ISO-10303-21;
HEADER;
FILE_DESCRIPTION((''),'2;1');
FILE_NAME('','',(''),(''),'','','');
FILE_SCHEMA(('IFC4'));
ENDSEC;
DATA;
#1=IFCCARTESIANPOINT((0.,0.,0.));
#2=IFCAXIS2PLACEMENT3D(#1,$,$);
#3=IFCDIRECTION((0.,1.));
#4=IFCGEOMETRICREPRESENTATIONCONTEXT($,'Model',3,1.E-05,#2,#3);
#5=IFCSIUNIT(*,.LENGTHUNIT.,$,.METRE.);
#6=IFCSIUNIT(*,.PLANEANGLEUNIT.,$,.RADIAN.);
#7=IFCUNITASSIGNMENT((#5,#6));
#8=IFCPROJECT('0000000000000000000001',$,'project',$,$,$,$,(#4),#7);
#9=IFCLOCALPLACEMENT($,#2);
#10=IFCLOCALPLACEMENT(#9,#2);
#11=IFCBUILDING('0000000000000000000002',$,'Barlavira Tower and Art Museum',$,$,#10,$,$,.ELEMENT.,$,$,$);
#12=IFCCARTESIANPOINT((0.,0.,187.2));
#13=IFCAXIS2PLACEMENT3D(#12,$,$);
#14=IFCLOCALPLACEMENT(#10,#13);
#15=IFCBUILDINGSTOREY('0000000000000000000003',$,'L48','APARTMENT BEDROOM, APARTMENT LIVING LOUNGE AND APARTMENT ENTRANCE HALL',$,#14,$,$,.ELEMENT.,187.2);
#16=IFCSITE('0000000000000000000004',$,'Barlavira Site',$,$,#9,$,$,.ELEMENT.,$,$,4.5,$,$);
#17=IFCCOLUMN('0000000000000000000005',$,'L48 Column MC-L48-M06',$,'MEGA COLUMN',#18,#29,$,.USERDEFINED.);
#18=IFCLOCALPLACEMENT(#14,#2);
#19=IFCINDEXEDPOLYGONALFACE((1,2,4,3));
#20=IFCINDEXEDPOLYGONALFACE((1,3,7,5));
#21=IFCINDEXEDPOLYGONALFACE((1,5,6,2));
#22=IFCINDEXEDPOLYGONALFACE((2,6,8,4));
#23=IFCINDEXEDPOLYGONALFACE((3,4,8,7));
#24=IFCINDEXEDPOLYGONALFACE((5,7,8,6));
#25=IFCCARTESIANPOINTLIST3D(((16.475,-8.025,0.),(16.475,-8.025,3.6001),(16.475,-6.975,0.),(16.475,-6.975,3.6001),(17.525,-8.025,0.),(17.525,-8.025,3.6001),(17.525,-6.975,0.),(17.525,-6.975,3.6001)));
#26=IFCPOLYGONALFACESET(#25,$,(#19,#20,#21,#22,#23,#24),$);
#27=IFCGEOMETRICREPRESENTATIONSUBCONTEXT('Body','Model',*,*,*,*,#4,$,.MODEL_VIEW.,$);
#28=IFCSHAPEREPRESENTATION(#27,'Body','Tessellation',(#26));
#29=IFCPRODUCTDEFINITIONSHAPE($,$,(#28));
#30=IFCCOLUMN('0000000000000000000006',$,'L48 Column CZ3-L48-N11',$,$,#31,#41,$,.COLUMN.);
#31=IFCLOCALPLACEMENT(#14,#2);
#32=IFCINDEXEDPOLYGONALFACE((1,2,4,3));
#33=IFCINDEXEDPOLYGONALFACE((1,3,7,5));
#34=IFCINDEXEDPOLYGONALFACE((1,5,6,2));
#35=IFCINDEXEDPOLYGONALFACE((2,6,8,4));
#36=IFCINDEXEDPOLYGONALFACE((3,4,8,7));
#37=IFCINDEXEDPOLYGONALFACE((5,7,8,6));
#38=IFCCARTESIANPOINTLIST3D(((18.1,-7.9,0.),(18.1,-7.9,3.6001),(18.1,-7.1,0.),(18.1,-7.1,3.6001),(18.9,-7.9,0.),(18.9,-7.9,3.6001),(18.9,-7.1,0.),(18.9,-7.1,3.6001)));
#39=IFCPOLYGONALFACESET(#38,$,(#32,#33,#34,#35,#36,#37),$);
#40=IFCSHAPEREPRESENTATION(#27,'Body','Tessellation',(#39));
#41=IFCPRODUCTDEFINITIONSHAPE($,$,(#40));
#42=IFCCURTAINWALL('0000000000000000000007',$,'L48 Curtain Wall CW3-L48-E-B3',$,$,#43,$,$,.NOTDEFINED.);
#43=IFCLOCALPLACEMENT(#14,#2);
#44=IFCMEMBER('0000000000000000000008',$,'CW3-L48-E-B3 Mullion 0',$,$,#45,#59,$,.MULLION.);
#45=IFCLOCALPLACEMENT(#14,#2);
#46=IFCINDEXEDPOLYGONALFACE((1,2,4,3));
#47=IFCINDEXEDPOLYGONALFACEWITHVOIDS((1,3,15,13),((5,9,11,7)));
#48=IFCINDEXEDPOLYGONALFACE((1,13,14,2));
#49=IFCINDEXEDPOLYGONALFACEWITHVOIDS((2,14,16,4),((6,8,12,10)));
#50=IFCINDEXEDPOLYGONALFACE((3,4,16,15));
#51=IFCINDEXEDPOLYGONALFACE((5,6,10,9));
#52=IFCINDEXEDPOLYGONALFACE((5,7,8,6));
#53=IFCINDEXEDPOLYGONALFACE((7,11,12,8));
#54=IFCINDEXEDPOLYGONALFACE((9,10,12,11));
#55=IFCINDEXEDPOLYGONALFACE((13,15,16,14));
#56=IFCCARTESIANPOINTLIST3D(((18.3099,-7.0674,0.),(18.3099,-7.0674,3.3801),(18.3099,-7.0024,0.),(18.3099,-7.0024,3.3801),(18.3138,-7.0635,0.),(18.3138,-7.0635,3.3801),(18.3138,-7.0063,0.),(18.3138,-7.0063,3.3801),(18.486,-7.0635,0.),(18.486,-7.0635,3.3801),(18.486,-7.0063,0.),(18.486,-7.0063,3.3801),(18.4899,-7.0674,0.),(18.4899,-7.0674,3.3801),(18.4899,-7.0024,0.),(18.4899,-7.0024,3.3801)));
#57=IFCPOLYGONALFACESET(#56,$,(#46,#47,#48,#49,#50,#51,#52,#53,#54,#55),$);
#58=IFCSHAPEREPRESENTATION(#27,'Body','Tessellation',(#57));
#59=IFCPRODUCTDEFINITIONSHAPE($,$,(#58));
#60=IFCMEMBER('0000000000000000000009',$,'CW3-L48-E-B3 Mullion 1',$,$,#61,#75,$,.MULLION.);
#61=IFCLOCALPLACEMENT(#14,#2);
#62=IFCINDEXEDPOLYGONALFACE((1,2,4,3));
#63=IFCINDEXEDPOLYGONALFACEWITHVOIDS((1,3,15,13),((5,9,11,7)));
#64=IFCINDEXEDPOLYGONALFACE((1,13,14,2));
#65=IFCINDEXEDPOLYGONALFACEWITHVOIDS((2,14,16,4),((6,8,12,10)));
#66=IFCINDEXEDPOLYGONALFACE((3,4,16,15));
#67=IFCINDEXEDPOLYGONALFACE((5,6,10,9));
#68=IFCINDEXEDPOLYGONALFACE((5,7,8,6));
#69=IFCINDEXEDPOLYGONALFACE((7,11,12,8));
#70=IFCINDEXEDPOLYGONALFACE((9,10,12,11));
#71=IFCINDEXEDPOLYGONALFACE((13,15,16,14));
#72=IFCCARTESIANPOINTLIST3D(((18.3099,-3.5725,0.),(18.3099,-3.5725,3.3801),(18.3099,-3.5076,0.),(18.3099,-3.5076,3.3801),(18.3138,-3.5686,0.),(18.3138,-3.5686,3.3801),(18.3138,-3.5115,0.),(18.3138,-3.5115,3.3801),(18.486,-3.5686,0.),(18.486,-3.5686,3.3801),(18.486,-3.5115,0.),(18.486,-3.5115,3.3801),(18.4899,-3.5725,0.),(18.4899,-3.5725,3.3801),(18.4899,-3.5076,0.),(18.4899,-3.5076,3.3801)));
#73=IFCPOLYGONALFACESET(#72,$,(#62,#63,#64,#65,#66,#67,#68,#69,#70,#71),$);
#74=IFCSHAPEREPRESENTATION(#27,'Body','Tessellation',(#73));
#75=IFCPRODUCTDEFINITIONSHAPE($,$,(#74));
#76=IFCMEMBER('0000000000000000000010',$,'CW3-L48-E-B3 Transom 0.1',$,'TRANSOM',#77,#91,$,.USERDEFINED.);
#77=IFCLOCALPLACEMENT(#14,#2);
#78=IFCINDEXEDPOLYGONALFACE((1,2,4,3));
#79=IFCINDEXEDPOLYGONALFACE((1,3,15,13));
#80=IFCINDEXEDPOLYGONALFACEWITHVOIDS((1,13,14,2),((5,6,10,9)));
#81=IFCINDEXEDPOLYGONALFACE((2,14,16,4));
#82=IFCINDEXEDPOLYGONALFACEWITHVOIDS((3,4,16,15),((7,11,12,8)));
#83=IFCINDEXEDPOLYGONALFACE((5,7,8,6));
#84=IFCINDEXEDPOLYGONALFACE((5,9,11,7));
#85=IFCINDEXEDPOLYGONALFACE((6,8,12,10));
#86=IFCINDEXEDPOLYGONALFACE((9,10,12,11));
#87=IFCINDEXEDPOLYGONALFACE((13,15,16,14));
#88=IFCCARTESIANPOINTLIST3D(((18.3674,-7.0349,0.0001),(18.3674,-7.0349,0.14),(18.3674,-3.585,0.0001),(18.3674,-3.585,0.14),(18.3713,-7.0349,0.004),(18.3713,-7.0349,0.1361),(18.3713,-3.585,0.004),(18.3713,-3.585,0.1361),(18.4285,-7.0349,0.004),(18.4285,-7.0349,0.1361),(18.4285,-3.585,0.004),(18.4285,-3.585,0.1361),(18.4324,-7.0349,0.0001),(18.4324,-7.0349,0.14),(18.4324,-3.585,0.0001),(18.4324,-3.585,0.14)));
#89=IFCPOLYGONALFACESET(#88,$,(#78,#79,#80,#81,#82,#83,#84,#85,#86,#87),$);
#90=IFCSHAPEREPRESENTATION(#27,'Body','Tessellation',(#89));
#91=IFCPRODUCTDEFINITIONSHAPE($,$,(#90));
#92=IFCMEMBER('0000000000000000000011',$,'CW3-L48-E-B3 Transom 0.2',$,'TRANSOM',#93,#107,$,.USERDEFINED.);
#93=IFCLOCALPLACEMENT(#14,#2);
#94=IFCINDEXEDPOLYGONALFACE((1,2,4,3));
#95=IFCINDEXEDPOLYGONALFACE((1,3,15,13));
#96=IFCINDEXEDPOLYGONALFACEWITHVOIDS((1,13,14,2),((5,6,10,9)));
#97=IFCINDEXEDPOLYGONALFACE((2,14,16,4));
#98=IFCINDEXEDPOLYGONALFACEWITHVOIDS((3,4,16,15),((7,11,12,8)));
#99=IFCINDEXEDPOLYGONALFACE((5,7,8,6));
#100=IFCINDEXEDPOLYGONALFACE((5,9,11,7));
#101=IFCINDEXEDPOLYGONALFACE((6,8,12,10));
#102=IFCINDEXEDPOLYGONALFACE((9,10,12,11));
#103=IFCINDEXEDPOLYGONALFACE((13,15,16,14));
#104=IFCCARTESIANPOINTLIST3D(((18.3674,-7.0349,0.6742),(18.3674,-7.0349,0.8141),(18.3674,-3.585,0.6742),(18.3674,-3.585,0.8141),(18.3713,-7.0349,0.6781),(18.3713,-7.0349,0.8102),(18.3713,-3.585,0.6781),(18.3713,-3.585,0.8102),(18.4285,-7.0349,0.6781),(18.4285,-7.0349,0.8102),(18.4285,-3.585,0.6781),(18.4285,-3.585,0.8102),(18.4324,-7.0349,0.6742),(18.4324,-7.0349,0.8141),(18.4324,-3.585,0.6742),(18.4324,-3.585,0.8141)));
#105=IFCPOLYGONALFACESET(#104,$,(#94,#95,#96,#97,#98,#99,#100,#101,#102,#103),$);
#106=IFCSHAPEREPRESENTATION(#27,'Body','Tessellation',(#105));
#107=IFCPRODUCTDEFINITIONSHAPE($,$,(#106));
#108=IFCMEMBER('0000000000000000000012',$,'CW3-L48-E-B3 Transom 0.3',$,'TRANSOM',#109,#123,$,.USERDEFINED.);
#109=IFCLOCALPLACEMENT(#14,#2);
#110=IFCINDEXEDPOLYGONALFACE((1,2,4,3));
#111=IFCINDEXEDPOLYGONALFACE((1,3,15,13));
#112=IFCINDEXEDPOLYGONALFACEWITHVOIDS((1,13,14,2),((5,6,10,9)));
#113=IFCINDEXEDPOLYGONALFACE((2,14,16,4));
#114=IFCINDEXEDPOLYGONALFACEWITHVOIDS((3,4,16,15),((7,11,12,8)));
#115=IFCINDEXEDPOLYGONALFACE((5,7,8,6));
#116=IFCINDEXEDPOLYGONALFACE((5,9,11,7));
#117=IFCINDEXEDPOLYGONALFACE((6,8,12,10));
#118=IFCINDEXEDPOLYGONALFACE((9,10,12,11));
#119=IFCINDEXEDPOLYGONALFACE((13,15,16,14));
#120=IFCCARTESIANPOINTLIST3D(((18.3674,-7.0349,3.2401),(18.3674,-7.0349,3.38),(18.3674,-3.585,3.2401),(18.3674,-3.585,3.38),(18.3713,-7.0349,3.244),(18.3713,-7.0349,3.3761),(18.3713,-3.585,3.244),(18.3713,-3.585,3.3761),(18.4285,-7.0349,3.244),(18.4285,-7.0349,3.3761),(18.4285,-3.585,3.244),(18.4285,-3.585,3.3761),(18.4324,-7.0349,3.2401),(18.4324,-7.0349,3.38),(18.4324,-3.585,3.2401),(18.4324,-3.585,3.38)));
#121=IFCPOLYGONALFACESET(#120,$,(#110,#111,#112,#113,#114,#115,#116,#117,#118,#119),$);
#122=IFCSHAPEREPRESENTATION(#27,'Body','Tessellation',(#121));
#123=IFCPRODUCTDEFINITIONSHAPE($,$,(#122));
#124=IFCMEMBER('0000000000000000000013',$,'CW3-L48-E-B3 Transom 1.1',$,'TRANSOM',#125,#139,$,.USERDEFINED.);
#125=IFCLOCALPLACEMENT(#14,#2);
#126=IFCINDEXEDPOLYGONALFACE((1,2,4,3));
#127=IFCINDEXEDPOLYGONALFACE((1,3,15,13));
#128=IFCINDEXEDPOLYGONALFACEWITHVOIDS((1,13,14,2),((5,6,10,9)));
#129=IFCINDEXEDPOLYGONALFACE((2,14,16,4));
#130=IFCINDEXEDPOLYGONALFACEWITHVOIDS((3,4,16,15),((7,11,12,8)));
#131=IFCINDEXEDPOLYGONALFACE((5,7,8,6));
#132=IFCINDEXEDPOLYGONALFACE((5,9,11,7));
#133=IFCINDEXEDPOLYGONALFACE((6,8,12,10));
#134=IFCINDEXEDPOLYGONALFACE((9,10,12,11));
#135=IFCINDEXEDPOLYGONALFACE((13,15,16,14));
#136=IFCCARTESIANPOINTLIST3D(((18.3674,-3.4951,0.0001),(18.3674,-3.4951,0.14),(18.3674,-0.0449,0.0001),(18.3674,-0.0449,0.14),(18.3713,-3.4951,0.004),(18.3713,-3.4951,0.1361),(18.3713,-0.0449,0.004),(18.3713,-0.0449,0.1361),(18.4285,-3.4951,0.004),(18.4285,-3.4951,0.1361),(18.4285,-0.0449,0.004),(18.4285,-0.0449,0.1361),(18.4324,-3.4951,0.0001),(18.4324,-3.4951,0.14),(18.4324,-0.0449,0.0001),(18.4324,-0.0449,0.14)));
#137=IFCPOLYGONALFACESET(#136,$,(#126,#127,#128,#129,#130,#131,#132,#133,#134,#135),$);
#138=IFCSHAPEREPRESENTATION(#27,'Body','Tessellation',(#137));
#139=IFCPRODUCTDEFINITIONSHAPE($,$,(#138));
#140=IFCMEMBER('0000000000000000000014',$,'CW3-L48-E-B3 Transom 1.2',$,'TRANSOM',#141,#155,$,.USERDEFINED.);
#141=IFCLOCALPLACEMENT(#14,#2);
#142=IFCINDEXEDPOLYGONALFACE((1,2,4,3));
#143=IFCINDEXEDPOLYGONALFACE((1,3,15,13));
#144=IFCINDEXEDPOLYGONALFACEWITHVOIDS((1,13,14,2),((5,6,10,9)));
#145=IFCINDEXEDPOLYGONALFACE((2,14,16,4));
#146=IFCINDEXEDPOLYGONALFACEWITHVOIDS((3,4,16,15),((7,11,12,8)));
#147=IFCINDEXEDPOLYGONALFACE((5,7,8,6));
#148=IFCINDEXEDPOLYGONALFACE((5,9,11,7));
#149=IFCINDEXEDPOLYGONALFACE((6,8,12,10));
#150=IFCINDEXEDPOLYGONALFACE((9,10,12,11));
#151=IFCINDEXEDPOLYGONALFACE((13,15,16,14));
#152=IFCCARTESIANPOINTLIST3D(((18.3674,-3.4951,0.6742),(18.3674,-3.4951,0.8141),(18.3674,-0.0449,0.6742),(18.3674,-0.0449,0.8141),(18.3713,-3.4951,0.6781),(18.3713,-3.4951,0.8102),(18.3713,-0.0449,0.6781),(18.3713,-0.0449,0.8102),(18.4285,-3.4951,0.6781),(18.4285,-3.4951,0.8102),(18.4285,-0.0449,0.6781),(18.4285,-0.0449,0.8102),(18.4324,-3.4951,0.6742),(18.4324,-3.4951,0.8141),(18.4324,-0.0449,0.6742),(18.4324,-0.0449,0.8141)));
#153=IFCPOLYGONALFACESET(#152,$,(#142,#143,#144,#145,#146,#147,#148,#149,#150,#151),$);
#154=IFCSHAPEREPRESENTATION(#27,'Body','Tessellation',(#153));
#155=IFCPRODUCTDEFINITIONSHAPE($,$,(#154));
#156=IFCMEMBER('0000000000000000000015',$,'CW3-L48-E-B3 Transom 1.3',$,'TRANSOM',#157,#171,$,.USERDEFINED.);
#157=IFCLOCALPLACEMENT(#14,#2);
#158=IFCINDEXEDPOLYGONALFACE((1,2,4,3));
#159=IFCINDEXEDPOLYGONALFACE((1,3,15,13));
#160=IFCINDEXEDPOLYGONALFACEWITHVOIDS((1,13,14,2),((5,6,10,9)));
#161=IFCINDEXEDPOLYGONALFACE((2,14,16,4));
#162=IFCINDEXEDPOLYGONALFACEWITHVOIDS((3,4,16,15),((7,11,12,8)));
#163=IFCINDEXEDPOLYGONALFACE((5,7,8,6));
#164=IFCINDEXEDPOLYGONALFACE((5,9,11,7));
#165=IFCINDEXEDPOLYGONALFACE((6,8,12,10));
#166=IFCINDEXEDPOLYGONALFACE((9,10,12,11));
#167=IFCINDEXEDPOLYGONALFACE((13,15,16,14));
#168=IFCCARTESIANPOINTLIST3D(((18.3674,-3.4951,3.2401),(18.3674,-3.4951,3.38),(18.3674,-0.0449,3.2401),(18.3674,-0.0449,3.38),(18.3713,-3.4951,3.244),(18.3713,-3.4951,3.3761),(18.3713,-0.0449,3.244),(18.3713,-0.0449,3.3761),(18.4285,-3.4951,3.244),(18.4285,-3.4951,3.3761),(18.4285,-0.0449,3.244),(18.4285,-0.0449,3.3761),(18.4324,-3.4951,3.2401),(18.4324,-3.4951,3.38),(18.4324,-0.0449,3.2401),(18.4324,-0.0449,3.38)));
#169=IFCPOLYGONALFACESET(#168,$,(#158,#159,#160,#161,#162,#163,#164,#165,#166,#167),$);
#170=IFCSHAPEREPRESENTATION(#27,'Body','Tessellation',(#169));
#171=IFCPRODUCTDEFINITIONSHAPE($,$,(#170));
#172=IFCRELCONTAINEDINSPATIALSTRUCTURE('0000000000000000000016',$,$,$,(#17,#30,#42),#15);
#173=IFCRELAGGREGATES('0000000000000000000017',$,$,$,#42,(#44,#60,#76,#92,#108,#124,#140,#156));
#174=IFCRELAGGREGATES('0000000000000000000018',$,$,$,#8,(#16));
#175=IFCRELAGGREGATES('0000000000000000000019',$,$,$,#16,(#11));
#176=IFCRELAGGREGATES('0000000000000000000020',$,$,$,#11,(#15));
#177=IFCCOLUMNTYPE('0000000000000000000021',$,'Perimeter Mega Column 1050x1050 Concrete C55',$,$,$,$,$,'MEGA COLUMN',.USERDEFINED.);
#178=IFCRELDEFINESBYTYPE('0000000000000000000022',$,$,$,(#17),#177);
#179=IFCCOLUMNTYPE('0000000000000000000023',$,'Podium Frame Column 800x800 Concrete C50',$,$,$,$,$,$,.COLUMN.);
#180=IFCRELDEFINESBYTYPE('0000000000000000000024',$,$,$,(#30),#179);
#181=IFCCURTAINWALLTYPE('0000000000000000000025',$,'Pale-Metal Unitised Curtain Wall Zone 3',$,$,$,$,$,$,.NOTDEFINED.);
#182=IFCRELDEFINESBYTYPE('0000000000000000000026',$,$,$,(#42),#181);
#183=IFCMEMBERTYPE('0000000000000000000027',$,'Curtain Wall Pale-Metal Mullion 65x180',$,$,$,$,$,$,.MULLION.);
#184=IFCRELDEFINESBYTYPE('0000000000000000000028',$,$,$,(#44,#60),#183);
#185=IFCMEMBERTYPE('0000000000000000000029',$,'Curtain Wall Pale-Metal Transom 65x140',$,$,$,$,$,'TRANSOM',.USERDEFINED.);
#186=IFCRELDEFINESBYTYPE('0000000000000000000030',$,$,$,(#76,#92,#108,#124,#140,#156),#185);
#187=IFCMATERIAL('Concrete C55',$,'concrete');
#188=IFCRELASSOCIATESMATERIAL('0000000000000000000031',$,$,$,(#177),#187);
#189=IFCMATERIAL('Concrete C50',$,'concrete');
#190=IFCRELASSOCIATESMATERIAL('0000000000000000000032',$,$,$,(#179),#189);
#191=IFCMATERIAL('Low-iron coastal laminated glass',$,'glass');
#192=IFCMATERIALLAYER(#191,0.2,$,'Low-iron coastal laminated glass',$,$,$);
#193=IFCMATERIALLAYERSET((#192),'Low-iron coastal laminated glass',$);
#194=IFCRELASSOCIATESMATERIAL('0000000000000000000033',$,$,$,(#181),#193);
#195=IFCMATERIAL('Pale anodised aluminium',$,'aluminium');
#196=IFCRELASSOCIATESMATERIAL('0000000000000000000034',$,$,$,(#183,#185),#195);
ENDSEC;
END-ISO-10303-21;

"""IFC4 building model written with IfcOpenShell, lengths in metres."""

from ifc_helpers import new_model, si_unit, direction, frame, origin, origin_2d, place, context, subcontext, project, spatial, rectangle, hollow_rectangle, extrude, material, layer, layer_set, material_profile, profile_set, type_object, element, aggregate, save


model = new_model("IFC4")

# Units and contexts
model_context = context("Model", 3, precision=1e-05, world=origin(), true_north=direction((0.0, 1.0)))
body_context = subcontext(model_context, "Body", "Model", "MODEL_VIEW")
ifc_project = project(units=[si_unit("LENGTHUNIT", "METRE"), si_unit("PLANEANGLEUNIT", "RADIAN")], contexts=[model_context])

# Site, building, storey
site_placement = place(None, origin())
site = spatial("IfcSite", under=ifc_project, at=site_placement, Name="Barlavira Site", CompositionType="ELEMENT", RefElevation=4.5)
building_placement = place(site_placement, origin())
building = spatial("IfcBuilding", under=site, at=building_placement, Name="Barlavira Tower and Art Museum", CompositionType="ELEMENT")
storey_placement = place(building_placement, frame((0.0, 0.0, 187.2)))
storey = spatial("IfcBuildingStorey", under=building, at=storey_placement, Name="L48", Description="APARTMENT BEDROOM, APARTMENT LIVING LOUNGE AND APARTMENT ENTRANCE HALL", CompositionType="ELEMENT", Elevation=187.2)

# Columns
ifc_material_1 = material(Name="Concrete C55", Category="concrete")
ifc_material_profile_1 = material_profile(ifc_material_1, rectangle(XDim=1.05, YDim=1.05, at=origin_2d()), Name="RC-COL 1050x1050")
ifc_profile_set_1 = profile_set([ifc_material_profile_1], Name="Concrete C55")
column_type_1 = type_object("IfcColumnType", Name="Perimeter Mega Column 1050x1050 Concrete C55", ElementType="MEGA COLUMN", PredefinedType="USERDEFINED", material=ifc_profile_set_1)
column_1_placement = place(storey_placement, frame((17.0, -7.5, 0.0), z_axis=(0.0, 0.0, 1.0), x_axis=(1.0, 0.0, 0.0)))
element("IfcColumn", 1, at=column_1_placement, inside=storey, type_object=column_type_1, Name="L48 Column MC-L48-M06", ObjectType="MEGA COLUMN", PredefinedType="USERDEFINED", context=body_context, shape_type="SweptSolid", body=[
    extrude(rectangle(XDim=1.05, YDim=1.05, at=origin_2d()), origin(), (0.0, 0.0, 1.0), 3.6001),
])
ifc_material_2 = material(Name="Concrete C50", Category="concrete")
ifc_material_profile_2 = material_profile(ifc_material_2, rectangle(XDim=0.8, YDim=0.8, at=origin_2d()), Name="RC-COL 800x800")
ifc_profile_set_2 = profile_set([ifc_material_profile_2], Name="Concrete C50")
column_type_2 = type_object("IfcColumnType", Name="Podium Frame Column 800x800 Concrete C50", PredefinedType="COLUMN", material=ifc_profile_set_2)
column_2_placement = place(storey_placement, frame((18.5, -7.5, 0.0), z_axis=(0.0, 0.0, 1.0), x_axis=(1.0, 0.0, 0.0)))
element("IfcColumn", 2, at=column_2_placement, inside=storey, type_object=column_type_2, Name="L48 Column CZ3-L48-N11", PredefinedType="COLUMN", context=body_context, shape_type="SweptSolid", body=[
    extrude(rectangle(XDim=0.8, YDim=0.8, at=origin_2d()), origin(), (0.0, 0.0, 1.0), 3.6001),
])

# Curtain wall, members
ifc_material_3 = material(Name="Low-iron coastal laminated glass", Category="glass")
ifc_layer_1 = layer(ifc_material_3, 0.2, Name="Low-iron coastal laminated glass")
ifc_layer_set_1 = layer_set([ifc_layer_1], Name="Low-iron coastal laminated glass")
curtain_wall_type = type_object("IfcCurtainWallType", Name="Pale-Metal Unitised Curtain Wall Zone 3", PredefinedType="NOTDEFINED", material=ifc_layer_set_1)
curtain_wall_placement = place(storey_placement, origin())
curtain_wall = element("IfcCurtainWall", 3, at=curtain_wall_placement, inside=storey, type_object=curtain_wall_type, Name="L48 Curtain Wall CW3-L48-E-B3", PredefinedType="NOTDEFINED")
ifc_material_4 = material(Name="Pale anodised aluminium", Category="aluminium")
ifc_material_profile_3 = material_profile(ifc_material_4, hollow_rectangle(XDim=0.0649, YDim=0.1799, WallThickness=0.0039, at=origin_2d()), Name="ALU-MULL 65x180x4")
ifc_profile_set_3 = profile_set([ifc_material_profile_3], Name="Pale anodised aluminium")
member_type_1 = type_object("IfcMemberType", Name="Curtain Wall Pale-Metal Mullion 65x180", PredefinedType="MULLION", material=ifc_profile_set_3)
member_1_placement = place(storey_placement, frame((18.3999, -7.0349, 0.0), z_axis=(0.0, 0.0, 1.0), x_axis=(0.0, 1.0, 0.0)))
member_1 = element("IfcMember", 4, at=member_1_placement, type_object=member_type_1, Name="CW3-L48-E-B3 Mullion 0", PredefinedType="MULLION", context=body_context, shape_type="SweptSolid", body=[
    extrude(hollow_rectangle(XDim=0.0649, YDim=0.1799, WallThickness=0.0039, at=origin_2d()), origin(), (0.0, 0.0, 1.0), 3.3801),
])
member_2_placement = place(storey_placement, frame((18.3999, -3.54, 0.0), z_axis=(0.0, 0.0, 1.0), x_axis=(0.0, 1.0, 0.0)))
member_2 = element("IfcMember", 5, at=member_2_placement, type_object=member_type_1, Name="CW3-L48-E-B3 Mullion 1", PredefinedType="MULLION", context=body_context, shape_type="SweptSolid", body=[
    extrude(hollow_rectangle(XDim=0.0649, YDim=0.1799, WallThickness=0.0039, at=origin_2d()), origin(), (0.0, 0.0, 1.0), 3.3801),
])
ifc_material_profile_4 = material_profile(ifc_material_4, hollow_rectangle(XDim=0.0649, YDim=0.1399, WallThickness=0.0039, at=origin_2d()), Name="ALU-TRAN 65x140x4")
ifc_profile_set_4 = profile_set([ifc_material_profile_4], Name="Pale anodised aluminium")
member_type_2 = type_object("IfcMemberType", Name="Curtain Wall Pale-Metal Transom 65x140", ElementType="TRANSOM", PredefinedType="USERDEFINED", material=ifc_profile_set_4)
member_3_placement = place(storey_placement, frame((18.3999, -7.0349, 0.0701), z_axis=(0.0, 1.0, 0.0), x_axis=(-1.0, 0.0, 0.0)))
member_3 = element("IfcMember", 6, at=member_3_placement, type_object=member_type_2, Name="CW3-L48-E-B3 Transom 0.1", ObjectType="TRANSOM", PredefinedType="USERDEFINED", context=body_context, shape_type="SweptSolid", body=[
    extrude(hollow_rectangle(XDim=0.0649, YDim=0.1399, WallThickness=0.0039, at=origin_2d()), origin(), (0.0, 0.0, 1.0), 3.45),
])
member_4_placement = place(storey_placement, frame((18.3999, -7.0349, 0.7441), z_axis=(0.0, 1.0, 0.0), x_axis=(-1.0, 0.0, 0.0)))
member_4 = element("IfcMember", 7, at=member_4_placement, type_object=member_type_2, Name="CW3-L48-E-B3 Transom 0.2", ObjectType="TRANSOM", PredefinedType="USERDEFINED", context=body_context, shape_type="SweptSolid", body=[
    extrude(hollow_rectangle(XDim=0.0649, YDim=0.1399, WallThickness=0.0039, at=origin_2d()), origin(), (0.0, 0.0, 1.0), 3.45),
])
member_5_placement = place(storey_placement, frame((18.3999, -7.0349, 3.3101), z_axis=(0.0, 1.0, 0.0), x_axis=(-1.0, 0.0, 0.0)))
member_5 = element("IfcMember", 8, at=member_5_placement, type_object=member_type_2, Name="CW3-L48-E-B3 Transom 0.3", ObjectType="TRANSOM", PredefinedType="USERDEFINED", context=body_context, shape_type="SweptSolid", body=[
    extrude(hollow_rectangle(XDim=0.0649, YDim=0.1399, WallThickness=0.0039, at=origin_2d()), origin(), (0.0, 0.0, 1.0), 3.45),
])
member_6_placement = place(storey_placement, frame((18.3999, -3.4951, 0.0701), z_axis=(0.0, 1.0, 0.0), x_axis=(-1.0, 0.0, 0.0)))
member_6 = element("IfcMember", 9, at=member_6_placement, type_object=member_type_2, Name="CW3-L48-E-B3 Transom 1.1", ObjectType="TRANSOM", PredefinedType="USERDEFINED", context=body_context, shape_type="SweptSolid", body=[
    extrude(hollow_rectangle(XDim=0.0649, YDim=0.1399, WallThickness=0.0039, at=origin_2d()), origin(), (0.0, 0.0, 1.0), 3.4502),
])
member_7_placement = place(storey_placement, frame((18.3999, -3.4951, 0.7441), z_axis=(0.0, 1.0, 0.0), x_axis=(-1.0, 0.0, 0.0)))
member_7 = element("IfcMember", 10, at=member_7_placement, type_object=member_type_2, Name="CW3-L48-E-B3 Transom 1.2", ObjectType="TRANSOM", PredefinedType="USERDEFINED", context=body_context, shape_type="SweptSolid", body=[
    extrude(hollow_rectangle(XDim=0.0649, YDim=0.1399, WallThickness=0.0039, at=origin_2d()), origin(), (0.0, 0.0, 1.0), 3.4502),
])
member_8_placement = place(storey_placement, frame((18.3999, -3.4951, 3.3101), z_axis=(0.0, 1.0, 0.0), x_axis=(-1.0, 0.0, 0.0)))
member_8 = element("IfcMember", 11, at=member_8_placement, type_object=member_type_2, Name="CW3-L48-E-B3 Transom 1.3", ObjectType="TRANSOM", PredefinedType="USERDEFINED", context=body_context, shape_type="SweptSolid", body=[
    extrude(hollow_rectangle(XDim=0.0649, YDim=0.1399, WallThickness=0.0039, at=origin_2d()), origin(), (0.0, 0.0, 1.0), 3.4502),
])

aggregate(curtain_wall, [member_1, member_2, member_3, member_4, member_5, member_6, member_7, member_8])

save(model, "model.ifc")
